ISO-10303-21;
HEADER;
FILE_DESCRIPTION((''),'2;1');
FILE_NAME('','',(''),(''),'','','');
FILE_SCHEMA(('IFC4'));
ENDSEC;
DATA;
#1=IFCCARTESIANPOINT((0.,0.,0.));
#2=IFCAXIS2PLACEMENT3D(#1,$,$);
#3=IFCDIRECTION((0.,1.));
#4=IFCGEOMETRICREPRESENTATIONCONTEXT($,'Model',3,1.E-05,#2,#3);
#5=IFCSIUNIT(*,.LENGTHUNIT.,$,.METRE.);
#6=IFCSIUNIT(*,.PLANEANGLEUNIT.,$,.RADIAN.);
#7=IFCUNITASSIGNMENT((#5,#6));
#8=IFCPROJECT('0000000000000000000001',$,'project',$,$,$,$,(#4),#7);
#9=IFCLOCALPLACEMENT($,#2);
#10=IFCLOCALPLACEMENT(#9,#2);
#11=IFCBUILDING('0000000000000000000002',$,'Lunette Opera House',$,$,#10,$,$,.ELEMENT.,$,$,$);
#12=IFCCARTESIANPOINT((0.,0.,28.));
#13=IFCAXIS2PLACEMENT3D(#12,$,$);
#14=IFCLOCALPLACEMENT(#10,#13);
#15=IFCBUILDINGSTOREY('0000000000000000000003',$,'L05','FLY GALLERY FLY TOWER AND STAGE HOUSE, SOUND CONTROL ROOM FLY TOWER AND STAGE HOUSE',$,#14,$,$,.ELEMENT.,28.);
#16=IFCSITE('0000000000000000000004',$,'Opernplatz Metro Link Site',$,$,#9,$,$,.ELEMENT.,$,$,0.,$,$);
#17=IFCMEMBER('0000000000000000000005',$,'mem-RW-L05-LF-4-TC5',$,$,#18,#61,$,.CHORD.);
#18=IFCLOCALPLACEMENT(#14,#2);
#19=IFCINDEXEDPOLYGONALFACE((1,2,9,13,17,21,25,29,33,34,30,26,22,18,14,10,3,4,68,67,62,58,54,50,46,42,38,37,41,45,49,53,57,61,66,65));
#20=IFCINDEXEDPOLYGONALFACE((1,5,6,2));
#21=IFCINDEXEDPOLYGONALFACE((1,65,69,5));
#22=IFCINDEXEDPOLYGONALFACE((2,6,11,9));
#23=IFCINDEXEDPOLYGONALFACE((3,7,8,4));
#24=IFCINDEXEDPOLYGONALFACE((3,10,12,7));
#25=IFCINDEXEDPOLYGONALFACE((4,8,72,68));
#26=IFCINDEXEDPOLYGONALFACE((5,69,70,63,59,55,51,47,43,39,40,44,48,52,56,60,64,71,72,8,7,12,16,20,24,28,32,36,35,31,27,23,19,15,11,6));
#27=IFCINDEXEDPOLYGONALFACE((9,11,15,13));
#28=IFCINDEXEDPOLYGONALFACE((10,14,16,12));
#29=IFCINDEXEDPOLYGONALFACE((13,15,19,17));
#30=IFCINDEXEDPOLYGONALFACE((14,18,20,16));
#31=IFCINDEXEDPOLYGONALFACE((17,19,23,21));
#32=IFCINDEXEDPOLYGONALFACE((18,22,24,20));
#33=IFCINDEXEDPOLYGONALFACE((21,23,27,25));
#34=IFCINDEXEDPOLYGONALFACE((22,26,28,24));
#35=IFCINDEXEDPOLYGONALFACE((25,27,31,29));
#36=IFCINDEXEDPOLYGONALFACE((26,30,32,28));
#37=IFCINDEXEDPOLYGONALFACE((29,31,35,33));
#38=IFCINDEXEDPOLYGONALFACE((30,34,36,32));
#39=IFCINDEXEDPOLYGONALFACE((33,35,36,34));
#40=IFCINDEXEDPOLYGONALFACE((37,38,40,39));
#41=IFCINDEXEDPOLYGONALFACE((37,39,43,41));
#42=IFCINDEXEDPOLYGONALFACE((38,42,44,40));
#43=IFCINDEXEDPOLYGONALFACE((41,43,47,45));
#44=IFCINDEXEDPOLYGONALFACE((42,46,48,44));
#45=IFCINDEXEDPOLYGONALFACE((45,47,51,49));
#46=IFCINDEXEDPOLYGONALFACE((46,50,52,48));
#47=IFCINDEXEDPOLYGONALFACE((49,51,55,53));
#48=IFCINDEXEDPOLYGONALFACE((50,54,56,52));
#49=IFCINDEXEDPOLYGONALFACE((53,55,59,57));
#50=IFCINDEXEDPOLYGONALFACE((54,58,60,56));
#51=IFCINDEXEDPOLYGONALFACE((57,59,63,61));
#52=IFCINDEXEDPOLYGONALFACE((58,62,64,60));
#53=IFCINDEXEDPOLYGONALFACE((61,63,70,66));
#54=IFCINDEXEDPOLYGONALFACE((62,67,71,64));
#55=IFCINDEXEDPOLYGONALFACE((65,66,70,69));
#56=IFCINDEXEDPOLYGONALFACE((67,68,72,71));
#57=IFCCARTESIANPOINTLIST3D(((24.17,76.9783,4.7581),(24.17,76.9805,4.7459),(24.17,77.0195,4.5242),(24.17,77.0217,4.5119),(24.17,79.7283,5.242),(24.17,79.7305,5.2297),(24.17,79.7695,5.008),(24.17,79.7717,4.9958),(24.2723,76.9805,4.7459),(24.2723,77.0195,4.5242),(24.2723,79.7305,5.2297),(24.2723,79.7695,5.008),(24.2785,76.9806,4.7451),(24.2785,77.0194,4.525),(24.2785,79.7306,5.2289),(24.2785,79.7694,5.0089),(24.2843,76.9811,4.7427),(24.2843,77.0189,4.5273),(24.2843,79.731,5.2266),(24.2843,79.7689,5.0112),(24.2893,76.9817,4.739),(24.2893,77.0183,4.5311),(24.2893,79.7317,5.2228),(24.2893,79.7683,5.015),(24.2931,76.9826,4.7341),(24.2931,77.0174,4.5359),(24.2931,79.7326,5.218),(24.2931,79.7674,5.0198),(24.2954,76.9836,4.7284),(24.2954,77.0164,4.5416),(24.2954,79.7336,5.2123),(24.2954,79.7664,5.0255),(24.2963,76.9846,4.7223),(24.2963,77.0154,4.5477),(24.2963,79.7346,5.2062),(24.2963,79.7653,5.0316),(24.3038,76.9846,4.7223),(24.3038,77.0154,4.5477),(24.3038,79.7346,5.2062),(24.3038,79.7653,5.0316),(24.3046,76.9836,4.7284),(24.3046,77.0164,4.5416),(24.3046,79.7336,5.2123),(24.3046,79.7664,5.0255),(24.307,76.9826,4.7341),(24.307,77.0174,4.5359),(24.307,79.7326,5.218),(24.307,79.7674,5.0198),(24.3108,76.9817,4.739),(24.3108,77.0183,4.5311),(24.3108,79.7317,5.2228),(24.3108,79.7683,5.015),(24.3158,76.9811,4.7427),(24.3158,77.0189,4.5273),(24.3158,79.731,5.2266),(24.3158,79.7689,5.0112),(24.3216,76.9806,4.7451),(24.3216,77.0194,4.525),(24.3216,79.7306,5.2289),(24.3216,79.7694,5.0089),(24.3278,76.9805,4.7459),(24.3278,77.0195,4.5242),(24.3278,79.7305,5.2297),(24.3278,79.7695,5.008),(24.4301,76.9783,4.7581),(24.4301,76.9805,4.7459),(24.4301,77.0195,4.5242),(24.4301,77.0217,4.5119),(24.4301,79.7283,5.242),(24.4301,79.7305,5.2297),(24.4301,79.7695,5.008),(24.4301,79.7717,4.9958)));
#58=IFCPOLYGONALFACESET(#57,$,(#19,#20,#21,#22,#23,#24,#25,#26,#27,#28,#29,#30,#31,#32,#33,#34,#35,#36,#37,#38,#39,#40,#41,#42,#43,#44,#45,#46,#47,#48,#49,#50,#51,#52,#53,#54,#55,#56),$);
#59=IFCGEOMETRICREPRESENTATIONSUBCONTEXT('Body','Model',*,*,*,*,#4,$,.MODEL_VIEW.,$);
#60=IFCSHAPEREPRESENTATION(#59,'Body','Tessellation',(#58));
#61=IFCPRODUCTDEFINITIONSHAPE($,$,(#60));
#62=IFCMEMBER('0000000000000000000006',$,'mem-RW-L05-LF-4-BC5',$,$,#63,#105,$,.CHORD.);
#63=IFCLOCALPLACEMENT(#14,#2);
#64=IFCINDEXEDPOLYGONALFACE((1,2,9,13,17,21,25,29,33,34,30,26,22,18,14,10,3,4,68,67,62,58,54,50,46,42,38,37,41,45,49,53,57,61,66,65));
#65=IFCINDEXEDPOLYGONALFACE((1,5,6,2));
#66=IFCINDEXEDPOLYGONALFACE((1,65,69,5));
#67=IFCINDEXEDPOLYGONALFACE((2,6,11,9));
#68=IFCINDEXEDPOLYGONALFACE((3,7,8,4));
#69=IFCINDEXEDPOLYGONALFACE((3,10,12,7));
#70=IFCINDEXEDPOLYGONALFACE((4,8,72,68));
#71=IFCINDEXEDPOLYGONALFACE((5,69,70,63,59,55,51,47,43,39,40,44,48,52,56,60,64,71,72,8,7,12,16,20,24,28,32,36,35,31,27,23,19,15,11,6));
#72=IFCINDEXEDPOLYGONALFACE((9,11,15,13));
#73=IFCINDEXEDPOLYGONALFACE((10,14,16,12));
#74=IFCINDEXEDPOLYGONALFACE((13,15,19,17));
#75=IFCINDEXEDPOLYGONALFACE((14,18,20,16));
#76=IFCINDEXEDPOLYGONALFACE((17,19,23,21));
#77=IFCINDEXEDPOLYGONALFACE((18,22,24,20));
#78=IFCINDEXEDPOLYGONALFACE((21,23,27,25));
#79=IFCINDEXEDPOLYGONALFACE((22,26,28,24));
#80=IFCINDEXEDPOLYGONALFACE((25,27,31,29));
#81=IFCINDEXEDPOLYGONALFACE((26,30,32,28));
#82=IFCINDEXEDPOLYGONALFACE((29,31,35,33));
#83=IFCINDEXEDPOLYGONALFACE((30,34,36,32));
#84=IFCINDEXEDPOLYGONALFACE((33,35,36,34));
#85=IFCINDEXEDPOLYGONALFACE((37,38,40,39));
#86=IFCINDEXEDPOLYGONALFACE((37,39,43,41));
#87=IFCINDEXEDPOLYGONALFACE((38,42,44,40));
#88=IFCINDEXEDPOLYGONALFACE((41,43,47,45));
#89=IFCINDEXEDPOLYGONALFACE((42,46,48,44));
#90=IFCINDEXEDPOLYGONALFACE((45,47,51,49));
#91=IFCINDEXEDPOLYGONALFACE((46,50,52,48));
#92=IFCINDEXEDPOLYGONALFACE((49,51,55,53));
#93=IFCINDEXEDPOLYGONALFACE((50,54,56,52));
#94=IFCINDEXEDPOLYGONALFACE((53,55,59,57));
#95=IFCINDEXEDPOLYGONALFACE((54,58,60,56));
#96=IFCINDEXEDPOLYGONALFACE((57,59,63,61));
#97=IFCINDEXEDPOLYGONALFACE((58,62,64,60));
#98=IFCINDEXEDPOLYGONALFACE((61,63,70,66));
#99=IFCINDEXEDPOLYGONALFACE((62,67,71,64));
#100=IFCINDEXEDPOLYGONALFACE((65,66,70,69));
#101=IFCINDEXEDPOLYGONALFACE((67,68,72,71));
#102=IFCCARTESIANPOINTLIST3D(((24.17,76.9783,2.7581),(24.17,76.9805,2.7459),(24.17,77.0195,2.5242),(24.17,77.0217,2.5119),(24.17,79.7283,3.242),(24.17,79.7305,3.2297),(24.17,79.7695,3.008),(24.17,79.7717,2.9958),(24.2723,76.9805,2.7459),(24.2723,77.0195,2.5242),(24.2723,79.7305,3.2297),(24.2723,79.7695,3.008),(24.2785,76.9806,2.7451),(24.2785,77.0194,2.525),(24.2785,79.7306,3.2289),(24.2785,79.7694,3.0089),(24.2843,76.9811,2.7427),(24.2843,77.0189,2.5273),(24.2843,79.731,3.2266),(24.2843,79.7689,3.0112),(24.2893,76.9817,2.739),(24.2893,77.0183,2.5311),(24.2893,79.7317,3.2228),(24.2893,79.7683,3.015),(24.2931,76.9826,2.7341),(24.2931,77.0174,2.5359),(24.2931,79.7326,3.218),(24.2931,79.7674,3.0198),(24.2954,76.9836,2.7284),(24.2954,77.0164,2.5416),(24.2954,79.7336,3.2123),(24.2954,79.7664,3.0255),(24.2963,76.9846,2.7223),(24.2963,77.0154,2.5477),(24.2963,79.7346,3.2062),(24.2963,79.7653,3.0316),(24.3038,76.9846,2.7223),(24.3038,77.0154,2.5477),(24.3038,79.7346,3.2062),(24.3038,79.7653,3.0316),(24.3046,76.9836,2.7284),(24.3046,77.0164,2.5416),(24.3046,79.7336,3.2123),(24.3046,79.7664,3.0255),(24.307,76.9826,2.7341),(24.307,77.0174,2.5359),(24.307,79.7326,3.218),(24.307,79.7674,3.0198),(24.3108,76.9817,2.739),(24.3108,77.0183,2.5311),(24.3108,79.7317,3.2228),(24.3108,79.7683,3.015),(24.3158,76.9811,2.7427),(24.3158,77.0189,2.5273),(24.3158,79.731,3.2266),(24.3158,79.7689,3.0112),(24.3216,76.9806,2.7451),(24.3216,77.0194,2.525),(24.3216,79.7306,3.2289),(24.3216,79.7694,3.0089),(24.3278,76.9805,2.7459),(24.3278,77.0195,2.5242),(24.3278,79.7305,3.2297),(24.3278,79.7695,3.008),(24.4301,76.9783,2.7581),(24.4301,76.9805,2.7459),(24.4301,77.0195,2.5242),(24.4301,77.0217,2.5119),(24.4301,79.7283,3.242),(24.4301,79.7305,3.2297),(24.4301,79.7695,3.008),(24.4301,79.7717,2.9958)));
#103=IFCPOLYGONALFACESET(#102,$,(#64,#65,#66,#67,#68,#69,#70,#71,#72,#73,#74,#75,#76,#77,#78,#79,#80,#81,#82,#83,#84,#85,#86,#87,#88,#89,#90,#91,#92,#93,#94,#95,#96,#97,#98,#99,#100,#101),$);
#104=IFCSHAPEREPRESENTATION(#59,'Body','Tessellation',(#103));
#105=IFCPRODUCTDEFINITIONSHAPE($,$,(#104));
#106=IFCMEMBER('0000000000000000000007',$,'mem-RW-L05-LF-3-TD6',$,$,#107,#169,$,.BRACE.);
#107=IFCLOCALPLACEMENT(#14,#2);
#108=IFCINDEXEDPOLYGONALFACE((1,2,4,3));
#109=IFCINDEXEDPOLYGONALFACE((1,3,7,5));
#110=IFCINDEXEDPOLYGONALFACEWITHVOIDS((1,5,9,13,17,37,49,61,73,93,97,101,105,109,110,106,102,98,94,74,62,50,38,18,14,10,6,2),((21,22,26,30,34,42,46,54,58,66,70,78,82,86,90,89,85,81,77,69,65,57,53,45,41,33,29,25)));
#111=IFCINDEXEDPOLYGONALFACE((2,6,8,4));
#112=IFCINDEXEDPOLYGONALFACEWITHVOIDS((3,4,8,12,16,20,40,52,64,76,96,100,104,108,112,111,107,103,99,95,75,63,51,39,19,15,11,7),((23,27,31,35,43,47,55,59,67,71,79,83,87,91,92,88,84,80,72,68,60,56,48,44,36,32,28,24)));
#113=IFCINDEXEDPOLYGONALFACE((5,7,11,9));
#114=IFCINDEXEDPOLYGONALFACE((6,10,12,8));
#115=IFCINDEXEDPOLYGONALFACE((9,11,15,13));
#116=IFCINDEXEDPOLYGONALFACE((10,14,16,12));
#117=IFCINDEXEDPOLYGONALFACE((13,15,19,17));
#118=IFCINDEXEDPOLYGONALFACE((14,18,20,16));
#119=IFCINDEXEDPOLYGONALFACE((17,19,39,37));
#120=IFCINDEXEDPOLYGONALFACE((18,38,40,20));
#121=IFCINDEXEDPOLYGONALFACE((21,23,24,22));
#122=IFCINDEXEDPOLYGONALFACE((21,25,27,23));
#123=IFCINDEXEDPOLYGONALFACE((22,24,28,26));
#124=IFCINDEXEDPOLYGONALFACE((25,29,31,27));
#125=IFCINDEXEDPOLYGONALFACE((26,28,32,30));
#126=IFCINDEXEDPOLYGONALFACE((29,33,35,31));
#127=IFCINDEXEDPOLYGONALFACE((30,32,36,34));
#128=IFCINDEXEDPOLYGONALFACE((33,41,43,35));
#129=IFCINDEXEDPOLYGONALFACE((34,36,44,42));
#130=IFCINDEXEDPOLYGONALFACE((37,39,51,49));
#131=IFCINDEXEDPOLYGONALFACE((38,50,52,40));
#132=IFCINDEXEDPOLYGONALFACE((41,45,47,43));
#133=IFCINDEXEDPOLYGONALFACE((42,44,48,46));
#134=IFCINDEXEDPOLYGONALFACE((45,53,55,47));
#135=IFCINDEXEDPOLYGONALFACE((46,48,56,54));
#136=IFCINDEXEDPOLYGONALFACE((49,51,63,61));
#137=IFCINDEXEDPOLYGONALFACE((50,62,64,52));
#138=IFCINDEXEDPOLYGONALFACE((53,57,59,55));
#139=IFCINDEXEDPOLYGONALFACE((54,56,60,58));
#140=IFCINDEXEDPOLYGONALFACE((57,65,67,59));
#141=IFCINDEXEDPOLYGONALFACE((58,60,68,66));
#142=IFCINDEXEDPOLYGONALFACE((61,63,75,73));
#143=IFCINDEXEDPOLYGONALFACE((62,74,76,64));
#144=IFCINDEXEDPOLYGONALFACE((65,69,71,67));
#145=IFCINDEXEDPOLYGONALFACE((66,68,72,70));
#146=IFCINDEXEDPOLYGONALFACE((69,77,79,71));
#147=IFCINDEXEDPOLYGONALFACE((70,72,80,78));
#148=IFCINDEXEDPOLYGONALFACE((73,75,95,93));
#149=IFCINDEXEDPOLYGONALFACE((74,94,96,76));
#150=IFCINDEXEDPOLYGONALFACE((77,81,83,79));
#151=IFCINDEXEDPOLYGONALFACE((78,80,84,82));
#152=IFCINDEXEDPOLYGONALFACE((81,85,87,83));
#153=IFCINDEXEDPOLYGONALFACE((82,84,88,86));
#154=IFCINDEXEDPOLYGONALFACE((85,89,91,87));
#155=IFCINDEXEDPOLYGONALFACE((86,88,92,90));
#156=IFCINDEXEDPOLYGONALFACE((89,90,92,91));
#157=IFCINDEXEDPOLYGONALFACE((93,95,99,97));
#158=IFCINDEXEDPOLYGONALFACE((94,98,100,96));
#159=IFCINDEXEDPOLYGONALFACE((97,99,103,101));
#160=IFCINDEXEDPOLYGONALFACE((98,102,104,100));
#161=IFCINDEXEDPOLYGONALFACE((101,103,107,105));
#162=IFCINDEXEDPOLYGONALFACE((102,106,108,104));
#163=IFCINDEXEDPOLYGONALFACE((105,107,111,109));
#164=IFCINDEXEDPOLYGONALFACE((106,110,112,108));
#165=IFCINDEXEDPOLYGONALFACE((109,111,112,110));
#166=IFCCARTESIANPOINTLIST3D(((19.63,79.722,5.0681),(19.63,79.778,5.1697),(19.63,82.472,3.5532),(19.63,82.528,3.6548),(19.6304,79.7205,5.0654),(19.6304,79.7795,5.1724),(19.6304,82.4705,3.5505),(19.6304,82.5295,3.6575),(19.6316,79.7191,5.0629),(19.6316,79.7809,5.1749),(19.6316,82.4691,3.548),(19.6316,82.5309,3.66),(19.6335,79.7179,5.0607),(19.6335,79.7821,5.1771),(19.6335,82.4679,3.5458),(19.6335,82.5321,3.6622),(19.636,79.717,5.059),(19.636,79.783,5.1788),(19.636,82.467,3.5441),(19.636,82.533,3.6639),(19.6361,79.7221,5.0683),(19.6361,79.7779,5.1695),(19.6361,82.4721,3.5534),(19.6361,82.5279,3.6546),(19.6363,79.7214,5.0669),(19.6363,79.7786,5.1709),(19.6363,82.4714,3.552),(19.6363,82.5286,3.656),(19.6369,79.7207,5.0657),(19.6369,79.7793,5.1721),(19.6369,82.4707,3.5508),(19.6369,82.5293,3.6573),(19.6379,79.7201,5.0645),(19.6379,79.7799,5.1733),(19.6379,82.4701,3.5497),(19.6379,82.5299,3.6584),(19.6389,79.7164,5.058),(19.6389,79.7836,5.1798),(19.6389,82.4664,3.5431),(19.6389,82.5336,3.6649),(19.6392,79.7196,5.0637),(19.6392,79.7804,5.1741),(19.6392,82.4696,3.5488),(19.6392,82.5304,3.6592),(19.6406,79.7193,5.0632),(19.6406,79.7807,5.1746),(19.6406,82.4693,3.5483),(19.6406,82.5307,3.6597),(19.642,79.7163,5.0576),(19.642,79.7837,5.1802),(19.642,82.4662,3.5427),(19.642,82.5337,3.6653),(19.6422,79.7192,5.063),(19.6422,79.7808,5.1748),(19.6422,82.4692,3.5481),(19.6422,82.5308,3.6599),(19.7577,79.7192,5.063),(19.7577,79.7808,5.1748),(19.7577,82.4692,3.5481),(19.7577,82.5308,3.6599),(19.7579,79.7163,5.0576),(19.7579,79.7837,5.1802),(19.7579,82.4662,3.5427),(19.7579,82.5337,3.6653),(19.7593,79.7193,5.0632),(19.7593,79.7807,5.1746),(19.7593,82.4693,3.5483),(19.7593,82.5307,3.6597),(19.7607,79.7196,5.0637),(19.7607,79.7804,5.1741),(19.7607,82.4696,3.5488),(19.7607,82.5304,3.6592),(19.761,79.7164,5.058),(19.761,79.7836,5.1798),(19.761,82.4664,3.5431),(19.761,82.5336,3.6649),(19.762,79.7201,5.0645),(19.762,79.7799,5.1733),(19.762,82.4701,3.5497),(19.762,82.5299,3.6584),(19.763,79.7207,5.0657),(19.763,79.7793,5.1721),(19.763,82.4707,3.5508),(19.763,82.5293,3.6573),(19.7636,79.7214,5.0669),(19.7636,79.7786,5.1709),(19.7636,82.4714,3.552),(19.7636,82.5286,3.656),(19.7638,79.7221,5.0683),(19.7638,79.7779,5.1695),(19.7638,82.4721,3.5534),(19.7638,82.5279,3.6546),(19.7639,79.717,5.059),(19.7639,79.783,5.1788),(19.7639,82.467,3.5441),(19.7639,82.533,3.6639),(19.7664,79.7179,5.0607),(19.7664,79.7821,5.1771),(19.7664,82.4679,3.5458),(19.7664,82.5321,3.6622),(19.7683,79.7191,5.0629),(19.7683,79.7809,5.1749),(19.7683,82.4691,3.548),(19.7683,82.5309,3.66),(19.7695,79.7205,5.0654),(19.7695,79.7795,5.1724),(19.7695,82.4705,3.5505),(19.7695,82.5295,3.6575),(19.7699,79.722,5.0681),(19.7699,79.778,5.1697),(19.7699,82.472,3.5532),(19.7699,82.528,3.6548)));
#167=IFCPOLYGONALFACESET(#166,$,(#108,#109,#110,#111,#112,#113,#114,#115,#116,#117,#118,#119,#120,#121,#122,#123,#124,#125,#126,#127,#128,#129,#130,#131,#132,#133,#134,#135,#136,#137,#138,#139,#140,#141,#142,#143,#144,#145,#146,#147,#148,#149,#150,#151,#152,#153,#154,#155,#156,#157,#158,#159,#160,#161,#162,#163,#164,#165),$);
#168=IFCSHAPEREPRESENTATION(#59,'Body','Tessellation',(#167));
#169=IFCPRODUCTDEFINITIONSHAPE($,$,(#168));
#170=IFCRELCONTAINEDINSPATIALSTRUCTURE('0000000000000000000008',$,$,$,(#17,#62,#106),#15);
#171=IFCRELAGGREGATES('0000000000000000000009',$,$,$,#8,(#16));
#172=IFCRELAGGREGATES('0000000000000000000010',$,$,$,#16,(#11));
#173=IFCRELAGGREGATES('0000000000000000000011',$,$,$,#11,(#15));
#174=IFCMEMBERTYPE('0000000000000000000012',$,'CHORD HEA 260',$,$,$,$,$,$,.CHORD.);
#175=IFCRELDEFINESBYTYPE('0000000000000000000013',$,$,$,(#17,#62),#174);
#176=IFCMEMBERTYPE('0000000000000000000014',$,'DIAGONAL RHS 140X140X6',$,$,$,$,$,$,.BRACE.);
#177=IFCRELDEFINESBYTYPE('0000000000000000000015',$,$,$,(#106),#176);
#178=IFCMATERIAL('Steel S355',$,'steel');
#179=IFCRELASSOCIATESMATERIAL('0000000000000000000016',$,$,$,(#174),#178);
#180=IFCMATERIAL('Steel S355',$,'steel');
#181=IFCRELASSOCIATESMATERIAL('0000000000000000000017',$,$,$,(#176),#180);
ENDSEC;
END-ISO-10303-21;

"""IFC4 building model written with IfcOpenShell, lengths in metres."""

from ifc_helpers import new_model, si_unit, direction, frame, origin, origin_2d, place, context, subcontext, project, spatial, hollow_rectangle, i_section, extrude, material, material_profile, profile_set, type_object, element, save


model = new_model("IFC4")

# Units and contexts
model_context = context("Model", 3, precision=1e-05, world=origin(), true_north=direction((0.0, 1.0)))
body_context = subcontext(model_context, "Body", "Model", "MODEL_VIEW")
ifc_project = project(units=[si_unit("LENGTHUNIT", "METRE"), si_unit("PLANEANGLEUNIT", "RADIAN")], contexts=[model_context])

# Site, building, storey
site_placement = place(None, origin())
site = spatial("IfcSite", under=ifc_project, at=site_placement, Name="Opernplatz Metro Link Site", CompositionType="ELEMENT", RefElevation=0.0)
building_placement = place(site_placement, origin())
building = spatial("IfcBuilding", under=site, at=building_placement, Name="Lunette Opera House", CompositionType="ELEMENT")
storey_placement = place(building_placement, frame((0.0, 0.0, 28.0)))
storey = spatial("IfcBuildingStorey", under=building, at=storey_placement, Name="L05", Description="FLY GALLERY FLY TOWER AND STAGE HOUSE, SOUND CONTROL ROOM FLY TOWER AND STAGE HOUSE", CompositionType="ELEMENT", Elevation=28.0)

# Members
ifc_material_1 = material(Name="Steel S355", Category="steel")
ifc_material_profile_1 = material_profile(ifc_material_1, i_section(OverallWidth=0.26, OverallDepth=0.25, WebThickness=0.0076, FlangeThickness=0.0125, FilletRadius=0.0239, at=origin_2d()), Name="HEA 260")
ifc_profile_set_1 = profile_set([ifc_material_profile_1], Name="Steel S355")
member_type_1 = type_object("IfcMemberType", Name="CHORD HEA 260", PredefinedType="CHORD", material=ifc_profile_set_1)
for number, where, z_axis, x_axis, name in (
    (1, (24.3, 77.0, 4.635), (0.0, 0.98487, 0.173296), (-1.0, 0.0, 0.0), "mem-RW-L05-LF-4-TC5"),
    (2, (24.3, 77.0, 2.635), (0.0, 0.98487, 0.173296), (-1.0, 0.0, 0.0), "mem-RW-L05-LF-4-BC5"),
):
    element("IfcMember", number, at=place(storey_placement, frame(where, z_axis=z_axis, x_axis=x_axis)), inside=storey, type_object=member_type_1, Name=name, PredefinedType="CHORD", context=body_context, shape_type="SweptSolid", body=[
        extrude(i_section(OverallWidth=0.26, OverallDepth=0.25, WebThickness=0.0076, FlangeThickness=0.0125, FilletRadius=0.0239, at=origin_2d()), origin(), (0.0, 0.0, 1.0), 2.7922),
    ])
ifc_material_2 = material(Name="Steel S355", Category="steel")
ifc_material_profile_2 = material_profile(ifc_material_2, hollow_rectangle(XDim=0.1399, YDim=0.1399, WallThickness=0.0061, InnerFilletRadius=0.0061, OuterFilletRadius=0.012, at=origin_2d()), Name="RHS 140X140X6")
ifc_profile_set_2 = profile_set([ifc_material_profile_2], Name="Steel S355")
member_type_2 = type_object("IfcMemberType", Name="DIAGONAL RHS 140X140X6", PredefinedType="BRACE", material=ifc_profile_set_2)
member_1_placement = place(storey_placement, frame((19.7, 79.75, 5.1189), z_axis=(0.0, 0.875894, -0.482504), x_axis=(-1.0, 0.0, 0.0)))
element("IfcMember", 3, at=member_1_placement, inside=storey, type_object=member_type_2, Name="mem-RW-L05-LF-3-TD6", PredefinedType="BRACE", context=body_context, shape_type="SweptSolid", body=[
    extrude(hollow_rectangle(XDim=0.1399, YDim=0.1399, WallThickness=0.0061, InnerFilletRadius=0.0061, OuterFilletRadius=0.012, at=origin_2d()), origin(), (0.0, 0.0, 1.0), 3.1396),
])

save(model, "model.ifc")
